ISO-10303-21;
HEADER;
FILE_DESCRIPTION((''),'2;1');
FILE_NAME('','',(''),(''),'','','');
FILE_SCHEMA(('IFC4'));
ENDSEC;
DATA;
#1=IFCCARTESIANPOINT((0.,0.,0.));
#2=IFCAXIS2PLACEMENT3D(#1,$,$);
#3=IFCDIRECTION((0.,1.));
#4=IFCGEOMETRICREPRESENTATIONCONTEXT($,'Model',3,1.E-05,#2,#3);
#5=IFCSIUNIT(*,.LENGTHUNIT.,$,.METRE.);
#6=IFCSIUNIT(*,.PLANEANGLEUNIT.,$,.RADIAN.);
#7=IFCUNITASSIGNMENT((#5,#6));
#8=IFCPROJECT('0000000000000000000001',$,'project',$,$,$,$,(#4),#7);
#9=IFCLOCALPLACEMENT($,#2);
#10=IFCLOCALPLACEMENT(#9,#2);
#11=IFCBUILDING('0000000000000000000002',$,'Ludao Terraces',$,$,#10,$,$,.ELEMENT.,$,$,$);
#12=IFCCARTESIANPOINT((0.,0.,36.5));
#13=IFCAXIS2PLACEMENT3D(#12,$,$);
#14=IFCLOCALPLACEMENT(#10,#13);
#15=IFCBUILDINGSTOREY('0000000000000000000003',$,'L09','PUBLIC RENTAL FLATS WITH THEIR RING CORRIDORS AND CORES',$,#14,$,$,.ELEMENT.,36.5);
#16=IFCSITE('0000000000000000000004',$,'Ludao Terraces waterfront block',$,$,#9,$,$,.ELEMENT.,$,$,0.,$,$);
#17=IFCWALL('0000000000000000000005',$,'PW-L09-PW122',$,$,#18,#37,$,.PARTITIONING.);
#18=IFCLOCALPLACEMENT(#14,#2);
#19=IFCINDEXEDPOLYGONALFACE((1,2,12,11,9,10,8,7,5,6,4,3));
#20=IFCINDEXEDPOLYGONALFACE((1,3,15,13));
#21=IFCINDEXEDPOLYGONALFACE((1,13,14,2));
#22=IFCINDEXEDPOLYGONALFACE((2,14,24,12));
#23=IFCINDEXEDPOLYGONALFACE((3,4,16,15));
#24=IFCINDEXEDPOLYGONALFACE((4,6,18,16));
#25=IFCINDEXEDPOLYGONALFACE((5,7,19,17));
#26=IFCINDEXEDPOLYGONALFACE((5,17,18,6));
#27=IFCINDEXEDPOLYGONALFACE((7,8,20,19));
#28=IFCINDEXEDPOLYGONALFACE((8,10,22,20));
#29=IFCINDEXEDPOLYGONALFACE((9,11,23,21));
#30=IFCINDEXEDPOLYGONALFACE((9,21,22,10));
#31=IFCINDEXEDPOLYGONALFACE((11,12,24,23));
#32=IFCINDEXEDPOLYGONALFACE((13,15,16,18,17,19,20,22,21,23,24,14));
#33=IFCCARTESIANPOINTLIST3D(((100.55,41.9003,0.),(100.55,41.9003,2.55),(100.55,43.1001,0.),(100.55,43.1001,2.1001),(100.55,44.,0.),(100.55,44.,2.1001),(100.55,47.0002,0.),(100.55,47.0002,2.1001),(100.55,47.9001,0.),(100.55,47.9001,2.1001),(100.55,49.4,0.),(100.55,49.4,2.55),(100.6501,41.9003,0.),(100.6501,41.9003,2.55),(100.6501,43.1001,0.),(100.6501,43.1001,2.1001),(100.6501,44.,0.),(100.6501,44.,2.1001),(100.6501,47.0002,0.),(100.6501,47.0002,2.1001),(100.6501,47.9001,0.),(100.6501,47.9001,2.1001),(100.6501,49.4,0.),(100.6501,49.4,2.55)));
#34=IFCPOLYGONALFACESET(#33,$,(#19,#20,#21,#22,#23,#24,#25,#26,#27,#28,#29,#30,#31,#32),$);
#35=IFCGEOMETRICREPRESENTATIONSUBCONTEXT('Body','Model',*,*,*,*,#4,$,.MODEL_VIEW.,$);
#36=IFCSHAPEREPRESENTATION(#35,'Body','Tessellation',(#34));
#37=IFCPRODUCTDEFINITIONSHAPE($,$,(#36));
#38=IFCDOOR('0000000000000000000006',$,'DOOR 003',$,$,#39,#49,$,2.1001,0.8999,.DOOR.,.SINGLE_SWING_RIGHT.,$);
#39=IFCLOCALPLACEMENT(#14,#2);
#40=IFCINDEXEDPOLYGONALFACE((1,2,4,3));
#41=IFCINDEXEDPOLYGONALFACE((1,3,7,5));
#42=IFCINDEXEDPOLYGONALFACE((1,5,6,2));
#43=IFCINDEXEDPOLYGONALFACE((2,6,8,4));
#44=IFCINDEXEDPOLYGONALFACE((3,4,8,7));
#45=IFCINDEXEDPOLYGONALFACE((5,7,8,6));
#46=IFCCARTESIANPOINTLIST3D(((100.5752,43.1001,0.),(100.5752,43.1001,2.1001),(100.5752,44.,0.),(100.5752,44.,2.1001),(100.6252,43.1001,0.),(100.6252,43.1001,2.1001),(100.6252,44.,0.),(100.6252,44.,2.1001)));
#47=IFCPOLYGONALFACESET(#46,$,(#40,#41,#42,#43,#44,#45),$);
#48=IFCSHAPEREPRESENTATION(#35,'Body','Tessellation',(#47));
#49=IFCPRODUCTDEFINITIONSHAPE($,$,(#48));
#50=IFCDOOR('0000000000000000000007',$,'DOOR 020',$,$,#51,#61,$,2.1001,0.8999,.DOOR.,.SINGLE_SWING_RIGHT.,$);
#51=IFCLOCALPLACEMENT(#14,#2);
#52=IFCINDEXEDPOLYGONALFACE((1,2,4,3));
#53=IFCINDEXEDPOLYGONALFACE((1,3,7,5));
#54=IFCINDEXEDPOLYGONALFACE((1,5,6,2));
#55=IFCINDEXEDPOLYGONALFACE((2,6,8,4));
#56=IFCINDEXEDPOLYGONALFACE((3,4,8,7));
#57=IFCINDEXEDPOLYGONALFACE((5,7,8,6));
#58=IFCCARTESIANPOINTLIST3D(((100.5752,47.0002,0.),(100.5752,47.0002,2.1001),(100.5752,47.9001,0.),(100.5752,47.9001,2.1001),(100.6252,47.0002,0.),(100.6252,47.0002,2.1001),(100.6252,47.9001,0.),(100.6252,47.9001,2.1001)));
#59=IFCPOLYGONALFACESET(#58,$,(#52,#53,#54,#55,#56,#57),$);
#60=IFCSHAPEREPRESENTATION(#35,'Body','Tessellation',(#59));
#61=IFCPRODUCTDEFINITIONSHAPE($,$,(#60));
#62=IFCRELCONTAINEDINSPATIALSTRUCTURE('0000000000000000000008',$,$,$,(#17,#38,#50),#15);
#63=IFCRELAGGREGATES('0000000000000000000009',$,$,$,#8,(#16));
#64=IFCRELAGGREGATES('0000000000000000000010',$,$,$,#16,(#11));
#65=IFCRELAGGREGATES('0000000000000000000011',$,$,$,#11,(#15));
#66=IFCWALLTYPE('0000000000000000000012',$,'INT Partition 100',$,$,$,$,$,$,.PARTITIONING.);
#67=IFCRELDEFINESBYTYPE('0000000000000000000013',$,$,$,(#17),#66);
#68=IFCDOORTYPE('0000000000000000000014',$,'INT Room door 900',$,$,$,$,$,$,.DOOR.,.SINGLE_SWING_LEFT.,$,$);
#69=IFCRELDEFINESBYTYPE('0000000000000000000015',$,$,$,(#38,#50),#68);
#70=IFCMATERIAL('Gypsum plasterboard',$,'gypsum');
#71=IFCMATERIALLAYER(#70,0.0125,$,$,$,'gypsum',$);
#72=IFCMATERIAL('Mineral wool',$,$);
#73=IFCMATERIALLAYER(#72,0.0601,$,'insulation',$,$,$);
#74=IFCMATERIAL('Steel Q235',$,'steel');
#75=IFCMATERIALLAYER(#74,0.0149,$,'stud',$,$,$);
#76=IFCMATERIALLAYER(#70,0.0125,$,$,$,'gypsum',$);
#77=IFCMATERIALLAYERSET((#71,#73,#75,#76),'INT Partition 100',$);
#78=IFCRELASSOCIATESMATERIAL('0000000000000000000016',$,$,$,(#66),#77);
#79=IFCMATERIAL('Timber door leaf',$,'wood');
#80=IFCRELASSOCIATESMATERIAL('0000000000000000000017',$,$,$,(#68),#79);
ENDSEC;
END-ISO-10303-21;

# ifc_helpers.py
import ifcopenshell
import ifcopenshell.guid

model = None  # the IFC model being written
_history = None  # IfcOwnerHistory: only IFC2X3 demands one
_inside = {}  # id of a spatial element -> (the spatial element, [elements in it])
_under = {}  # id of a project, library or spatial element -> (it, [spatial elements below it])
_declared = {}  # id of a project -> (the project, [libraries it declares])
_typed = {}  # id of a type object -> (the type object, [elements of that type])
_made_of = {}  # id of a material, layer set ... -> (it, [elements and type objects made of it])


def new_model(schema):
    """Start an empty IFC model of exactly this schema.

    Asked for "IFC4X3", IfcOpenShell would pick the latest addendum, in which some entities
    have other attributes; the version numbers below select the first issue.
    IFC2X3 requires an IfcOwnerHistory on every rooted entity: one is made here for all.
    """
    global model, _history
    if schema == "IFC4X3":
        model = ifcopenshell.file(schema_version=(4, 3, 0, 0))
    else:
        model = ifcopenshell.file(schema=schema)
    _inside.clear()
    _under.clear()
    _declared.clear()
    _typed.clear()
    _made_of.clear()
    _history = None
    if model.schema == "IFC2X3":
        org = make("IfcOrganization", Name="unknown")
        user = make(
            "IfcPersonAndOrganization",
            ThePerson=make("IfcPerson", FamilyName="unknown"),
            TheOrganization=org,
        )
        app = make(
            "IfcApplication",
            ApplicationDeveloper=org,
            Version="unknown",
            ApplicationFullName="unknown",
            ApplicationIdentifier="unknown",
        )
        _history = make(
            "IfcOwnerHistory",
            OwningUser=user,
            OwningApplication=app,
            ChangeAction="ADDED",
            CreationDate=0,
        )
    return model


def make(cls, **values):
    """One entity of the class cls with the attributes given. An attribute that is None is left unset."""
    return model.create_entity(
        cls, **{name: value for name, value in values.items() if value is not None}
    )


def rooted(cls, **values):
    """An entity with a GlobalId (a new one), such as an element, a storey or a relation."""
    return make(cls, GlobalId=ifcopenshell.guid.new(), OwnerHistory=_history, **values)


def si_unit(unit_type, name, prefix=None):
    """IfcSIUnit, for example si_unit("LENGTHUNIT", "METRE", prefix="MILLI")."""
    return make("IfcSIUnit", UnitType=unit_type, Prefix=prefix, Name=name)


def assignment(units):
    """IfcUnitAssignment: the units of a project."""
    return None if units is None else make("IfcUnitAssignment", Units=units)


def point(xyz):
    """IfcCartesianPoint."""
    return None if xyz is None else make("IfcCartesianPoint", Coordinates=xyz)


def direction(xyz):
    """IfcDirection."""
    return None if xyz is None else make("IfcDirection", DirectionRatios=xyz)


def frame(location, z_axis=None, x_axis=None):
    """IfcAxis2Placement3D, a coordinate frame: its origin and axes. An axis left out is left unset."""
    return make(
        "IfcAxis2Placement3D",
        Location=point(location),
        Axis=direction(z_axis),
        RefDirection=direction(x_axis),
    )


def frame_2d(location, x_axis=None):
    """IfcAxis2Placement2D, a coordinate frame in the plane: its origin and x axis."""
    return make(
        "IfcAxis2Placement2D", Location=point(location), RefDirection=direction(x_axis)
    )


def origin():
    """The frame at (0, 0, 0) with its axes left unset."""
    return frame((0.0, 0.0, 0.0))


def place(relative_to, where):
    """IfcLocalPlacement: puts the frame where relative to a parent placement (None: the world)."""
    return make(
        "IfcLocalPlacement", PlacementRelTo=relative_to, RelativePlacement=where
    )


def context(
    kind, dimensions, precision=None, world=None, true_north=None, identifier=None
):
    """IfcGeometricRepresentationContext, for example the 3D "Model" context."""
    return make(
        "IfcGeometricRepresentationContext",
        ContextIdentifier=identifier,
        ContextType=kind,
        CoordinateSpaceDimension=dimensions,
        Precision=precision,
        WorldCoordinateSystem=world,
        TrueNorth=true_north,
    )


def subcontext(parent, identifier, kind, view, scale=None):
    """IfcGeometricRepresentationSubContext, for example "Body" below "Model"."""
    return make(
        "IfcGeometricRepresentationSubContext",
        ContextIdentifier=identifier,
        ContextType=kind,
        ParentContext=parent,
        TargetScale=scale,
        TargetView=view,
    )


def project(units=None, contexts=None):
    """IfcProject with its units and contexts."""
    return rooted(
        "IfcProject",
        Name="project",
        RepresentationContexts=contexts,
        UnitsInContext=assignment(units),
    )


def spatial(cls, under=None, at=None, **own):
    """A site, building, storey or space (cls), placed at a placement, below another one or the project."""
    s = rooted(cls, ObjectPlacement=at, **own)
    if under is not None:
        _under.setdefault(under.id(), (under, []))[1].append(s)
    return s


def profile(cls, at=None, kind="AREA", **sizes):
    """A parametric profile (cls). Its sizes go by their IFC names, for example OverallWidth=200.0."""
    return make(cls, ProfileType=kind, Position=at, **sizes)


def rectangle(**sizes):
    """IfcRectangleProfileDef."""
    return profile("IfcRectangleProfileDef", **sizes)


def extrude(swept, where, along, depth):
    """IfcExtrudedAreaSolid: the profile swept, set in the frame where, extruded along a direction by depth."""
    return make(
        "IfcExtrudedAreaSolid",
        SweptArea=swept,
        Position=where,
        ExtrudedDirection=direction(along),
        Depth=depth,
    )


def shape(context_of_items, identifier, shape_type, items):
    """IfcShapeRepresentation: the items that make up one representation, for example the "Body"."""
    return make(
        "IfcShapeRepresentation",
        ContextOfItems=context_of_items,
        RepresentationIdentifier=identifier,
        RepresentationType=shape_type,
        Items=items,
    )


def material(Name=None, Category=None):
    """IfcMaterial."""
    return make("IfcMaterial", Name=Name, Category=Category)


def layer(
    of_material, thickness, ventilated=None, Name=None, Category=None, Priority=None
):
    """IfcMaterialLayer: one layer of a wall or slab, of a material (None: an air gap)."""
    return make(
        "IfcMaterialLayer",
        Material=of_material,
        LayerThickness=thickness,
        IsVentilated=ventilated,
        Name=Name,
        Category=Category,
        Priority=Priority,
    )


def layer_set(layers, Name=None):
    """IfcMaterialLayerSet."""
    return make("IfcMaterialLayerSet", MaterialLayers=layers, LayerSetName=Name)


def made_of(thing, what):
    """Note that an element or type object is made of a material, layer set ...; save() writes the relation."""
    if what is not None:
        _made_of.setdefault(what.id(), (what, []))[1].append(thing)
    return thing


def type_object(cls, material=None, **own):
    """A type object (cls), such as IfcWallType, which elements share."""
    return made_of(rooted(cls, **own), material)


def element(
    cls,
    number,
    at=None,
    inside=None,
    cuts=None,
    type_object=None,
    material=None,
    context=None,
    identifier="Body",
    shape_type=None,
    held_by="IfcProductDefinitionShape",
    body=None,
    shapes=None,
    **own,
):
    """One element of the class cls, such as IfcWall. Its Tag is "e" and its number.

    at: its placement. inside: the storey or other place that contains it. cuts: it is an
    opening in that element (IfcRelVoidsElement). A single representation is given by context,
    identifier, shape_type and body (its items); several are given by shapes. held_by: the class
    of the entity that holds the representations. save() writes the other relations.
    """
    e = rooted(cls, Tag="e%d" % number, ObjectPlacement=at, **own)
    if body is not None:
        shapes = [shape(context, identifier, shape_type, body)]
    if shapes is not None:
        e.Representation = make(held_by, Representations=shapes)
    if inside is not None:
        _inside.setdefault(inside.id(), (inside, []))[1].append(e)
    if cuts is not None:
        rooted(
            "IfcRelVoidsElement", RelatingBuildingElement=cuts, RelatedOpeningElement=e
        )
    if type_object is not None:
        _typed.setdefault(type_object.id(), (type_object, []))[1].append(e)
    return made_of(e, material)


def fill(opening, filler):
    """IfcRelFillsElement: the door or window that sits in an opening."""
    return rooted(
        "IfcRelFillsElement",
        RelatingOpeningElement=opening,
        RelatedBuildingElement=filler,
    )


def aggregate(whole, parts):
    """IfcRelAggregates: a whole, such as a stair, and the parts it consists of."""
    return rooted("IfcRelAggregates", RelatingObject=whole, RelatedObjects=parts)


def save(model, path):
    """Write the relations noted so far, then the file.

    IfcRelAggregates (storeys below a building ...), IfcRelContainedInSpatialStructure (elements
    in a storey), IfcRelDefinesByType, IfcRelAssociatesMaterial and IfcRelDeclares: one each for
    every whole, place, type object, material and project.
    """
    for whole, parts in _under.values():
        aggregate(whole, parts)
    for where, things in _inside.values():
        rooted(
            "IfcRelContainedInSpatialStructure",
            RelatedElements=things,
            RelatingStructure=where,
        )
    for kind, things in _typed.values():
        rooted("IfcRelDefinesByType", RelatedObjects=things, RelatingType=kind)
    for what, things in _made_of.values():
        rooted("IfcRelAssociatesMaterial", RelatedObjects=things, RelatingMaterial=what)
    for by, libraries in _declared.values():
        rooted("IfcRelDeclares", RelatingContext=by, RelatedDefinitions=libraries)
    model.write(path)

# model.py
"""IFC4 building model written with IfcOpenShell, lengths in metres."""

from ifc_helpers import new_model, si_unit, direction, frame, frame_2d, origin, place, context, subcontext, project, spatial, rectangle, extrude, material, layer, layer_set, type_object, element, fill, save


model = new_model("IFC4")

# Units and contexts
model_context = context("Model", 3, precision=1e-05, world=origin(), true_north=direction((0.0, 1.0)))
body_context = subcontext(model_context, "Body", "Model", "MODEL_VIEW")
ifc_project = project(units=[si_unit("LENGTHUNIT", "METRE"), si_unit("PLANEANGLEUNIT", "RADIAN")], contexts=[model_context])

# Site, building, storey
site_placement = place(None, origin())
site = spatial("IfcSite", under=ifc_project, at=site_placement, Name="Ludao Terraces waterfront block", CompositionType="ELEMENT", RefElevation=0.0)
building_placement = place(site_placement, origin())
building = spatial("IfcBuilding", under=site, at=building_placement, Name="Ludao Terraces", CompositionType="ELEMENT")
storey_placement = place(building_placement, frame((0.0, 0.0, 36.5)))
storey = spatial("IfcBuildingStorey", under=building, at=storey_placement, Name="L09", Description="PUBLIC RENTAL FLATS WITH THEIR RING CORRIDORS AND CORES", CompositionType="ELEMENT", Elevation=36.5)

# Shared definitions
ifc_material_1 = material(Name="Gypsum plasterboard", Category="gypsum")
ifc_layer_1 = layer(ifc_material_1, 0.0125, Category="gypsum")
ifc_material_2 = material(Name="Mineral wool")
ifc_layer_2 = layer(ifc_material_2, 0.0601, Name="insulation")
ifc_material_3 = material(Name="Steel Q235", Category="steel")
ifc_layer_3 = layer(ifc_material_3, 0.0149, Name="stud")
ifc_layer_4 = layer(ifc_material_1, 0.0125, Category="gypsum")
ifc_layer_set = layer_set([ifc_layer_1, ifc_layer_2, ifc_layer_3, ifc_layer_4], Name="INT Partition 100")
wall_type = type_object("IfcWallType", Name="INT Partition 100", PredefinedType="PARTITIONING", material=ifc_layer_set)

# Wall, openings, doors
ifc_material_4 = material(Name="Timber door leaf", Category="wood")
wall_1_placement = place(storey_placement, frame((100.6001, 41.9001, 0.0), z_axis=(0.0, 0.0, 1.0), x_axis=(0.0, 1.0, 0.0)))
wall_1 = element("IfcWall", 1, at=wall_1_placement, inside=storey, type_object=wall_type, Name="PW-L09-PW122", PredefinedType="PARTITIONING", context=body_context, shape_type="SweptSolid", body=[
    extrude(rectangle(XDim=7.4998, YDim=0.1001, at=frame_2d((3.75, 0.0))), origin(), (0.0, 0.0, 1.0), 2.55),
])
opening_1_placement = place(wall_1_placement, frame((1.2, 0.0, 0.0)))
opening_1 = element("IfcOpeningElement", 2, at=opening_1_placement, cuts=wall_1, PredefinedType="OPENING", context=body_context, shape_type="SweptSolid", body=[
    extrude(rectangle(XDim=0.8999, YDim=2.1001, at=frame_2d((0.45, 1.05))), frame((0.0, 0.0601, 0.0), z_axis=(0.0, -1.0, 0.0), x_axis=(1.0, 0.0, 0.0)), (0.0, 0.0, 1.0), 0.1201),
])
opening_2_placement = place(wall_1_placement, frame((5.1001, 0.0, 0.0)))
opening_2 = element("IfcOpeningElement", 3, at=opening_2_placement, cuts=wall_1, PredefinedType="OPENING", context=body_context, shape_type="SweptSolid", body=[
    extrude(rectangle(XDim=0.8999, YDim=2.1001, at=frame_2d((0.45, 1.05))), frame((0.0, 0.0601, 0.0), z_axis=(0.0, -1.0, 0.0), x_axis=(1.0, 0.0, 0.0)), (0.0, 0.0, 1.0), 0.1201),
])
door_type_1 = type_object("IfcDoorType", Name="INT Room door 900", OperationType="SINGLE_SWING_LEFT", PredefinedType="DOOR", material=ifc_material_4)
door_1_placement = place(opening_1_placement, origin())
door_1 = element("IfcDoor", 4, at=door_1_placement, inside=storey, type_object=door_type_1, Name="DOOR 003", OperationType="SINGLE_SWING_RIGHT", OverallHeight=2.1001, OverallWidth=0.8999, PredefinedType="DOOR", context=body_context, shape_type="SweptSolid", body=[
    extrude(rectangle(XDim=0.8999, YDim=2.1001, at=frame_2d((0.45, 1.05))), frame((0.0, 0.0249, 0.0), z_axis=(0.0, -1.0, 0.0), x_axis=(1.0, 0.0, 0.0)), (0.0, 0.0, 1.0), 0.05),
])
fill(opening_1, door_1)
door_2_placement = place(opening_2_placement, origin())
door_2 = element("IfcDoor", 5, at=door_2_placement, inside=storey, type_object=door_type_1, Name="DOOR 020", OperationType="SINGLE_SWING_RIGHT", OverallHeight=2.1001, OverallWidth=0.8999, PredefinedType="DOOR", context=body_context, shape_type="SweptSolid", body=[
    extrude(rectangle(XDim=0.8999, YDim=2.1001, at=frame_2d((0.45, 1.05))), frame((0.0, 0.0249, 0.0), z_axis=(0.0, -1.0, 0.0), x_axis=(1.0, 0.0, 0.0)), (0.0, 0.0, 1.0), 0.05),
])
fill(opening_2, door_2)

save(model, "model.ifc")
